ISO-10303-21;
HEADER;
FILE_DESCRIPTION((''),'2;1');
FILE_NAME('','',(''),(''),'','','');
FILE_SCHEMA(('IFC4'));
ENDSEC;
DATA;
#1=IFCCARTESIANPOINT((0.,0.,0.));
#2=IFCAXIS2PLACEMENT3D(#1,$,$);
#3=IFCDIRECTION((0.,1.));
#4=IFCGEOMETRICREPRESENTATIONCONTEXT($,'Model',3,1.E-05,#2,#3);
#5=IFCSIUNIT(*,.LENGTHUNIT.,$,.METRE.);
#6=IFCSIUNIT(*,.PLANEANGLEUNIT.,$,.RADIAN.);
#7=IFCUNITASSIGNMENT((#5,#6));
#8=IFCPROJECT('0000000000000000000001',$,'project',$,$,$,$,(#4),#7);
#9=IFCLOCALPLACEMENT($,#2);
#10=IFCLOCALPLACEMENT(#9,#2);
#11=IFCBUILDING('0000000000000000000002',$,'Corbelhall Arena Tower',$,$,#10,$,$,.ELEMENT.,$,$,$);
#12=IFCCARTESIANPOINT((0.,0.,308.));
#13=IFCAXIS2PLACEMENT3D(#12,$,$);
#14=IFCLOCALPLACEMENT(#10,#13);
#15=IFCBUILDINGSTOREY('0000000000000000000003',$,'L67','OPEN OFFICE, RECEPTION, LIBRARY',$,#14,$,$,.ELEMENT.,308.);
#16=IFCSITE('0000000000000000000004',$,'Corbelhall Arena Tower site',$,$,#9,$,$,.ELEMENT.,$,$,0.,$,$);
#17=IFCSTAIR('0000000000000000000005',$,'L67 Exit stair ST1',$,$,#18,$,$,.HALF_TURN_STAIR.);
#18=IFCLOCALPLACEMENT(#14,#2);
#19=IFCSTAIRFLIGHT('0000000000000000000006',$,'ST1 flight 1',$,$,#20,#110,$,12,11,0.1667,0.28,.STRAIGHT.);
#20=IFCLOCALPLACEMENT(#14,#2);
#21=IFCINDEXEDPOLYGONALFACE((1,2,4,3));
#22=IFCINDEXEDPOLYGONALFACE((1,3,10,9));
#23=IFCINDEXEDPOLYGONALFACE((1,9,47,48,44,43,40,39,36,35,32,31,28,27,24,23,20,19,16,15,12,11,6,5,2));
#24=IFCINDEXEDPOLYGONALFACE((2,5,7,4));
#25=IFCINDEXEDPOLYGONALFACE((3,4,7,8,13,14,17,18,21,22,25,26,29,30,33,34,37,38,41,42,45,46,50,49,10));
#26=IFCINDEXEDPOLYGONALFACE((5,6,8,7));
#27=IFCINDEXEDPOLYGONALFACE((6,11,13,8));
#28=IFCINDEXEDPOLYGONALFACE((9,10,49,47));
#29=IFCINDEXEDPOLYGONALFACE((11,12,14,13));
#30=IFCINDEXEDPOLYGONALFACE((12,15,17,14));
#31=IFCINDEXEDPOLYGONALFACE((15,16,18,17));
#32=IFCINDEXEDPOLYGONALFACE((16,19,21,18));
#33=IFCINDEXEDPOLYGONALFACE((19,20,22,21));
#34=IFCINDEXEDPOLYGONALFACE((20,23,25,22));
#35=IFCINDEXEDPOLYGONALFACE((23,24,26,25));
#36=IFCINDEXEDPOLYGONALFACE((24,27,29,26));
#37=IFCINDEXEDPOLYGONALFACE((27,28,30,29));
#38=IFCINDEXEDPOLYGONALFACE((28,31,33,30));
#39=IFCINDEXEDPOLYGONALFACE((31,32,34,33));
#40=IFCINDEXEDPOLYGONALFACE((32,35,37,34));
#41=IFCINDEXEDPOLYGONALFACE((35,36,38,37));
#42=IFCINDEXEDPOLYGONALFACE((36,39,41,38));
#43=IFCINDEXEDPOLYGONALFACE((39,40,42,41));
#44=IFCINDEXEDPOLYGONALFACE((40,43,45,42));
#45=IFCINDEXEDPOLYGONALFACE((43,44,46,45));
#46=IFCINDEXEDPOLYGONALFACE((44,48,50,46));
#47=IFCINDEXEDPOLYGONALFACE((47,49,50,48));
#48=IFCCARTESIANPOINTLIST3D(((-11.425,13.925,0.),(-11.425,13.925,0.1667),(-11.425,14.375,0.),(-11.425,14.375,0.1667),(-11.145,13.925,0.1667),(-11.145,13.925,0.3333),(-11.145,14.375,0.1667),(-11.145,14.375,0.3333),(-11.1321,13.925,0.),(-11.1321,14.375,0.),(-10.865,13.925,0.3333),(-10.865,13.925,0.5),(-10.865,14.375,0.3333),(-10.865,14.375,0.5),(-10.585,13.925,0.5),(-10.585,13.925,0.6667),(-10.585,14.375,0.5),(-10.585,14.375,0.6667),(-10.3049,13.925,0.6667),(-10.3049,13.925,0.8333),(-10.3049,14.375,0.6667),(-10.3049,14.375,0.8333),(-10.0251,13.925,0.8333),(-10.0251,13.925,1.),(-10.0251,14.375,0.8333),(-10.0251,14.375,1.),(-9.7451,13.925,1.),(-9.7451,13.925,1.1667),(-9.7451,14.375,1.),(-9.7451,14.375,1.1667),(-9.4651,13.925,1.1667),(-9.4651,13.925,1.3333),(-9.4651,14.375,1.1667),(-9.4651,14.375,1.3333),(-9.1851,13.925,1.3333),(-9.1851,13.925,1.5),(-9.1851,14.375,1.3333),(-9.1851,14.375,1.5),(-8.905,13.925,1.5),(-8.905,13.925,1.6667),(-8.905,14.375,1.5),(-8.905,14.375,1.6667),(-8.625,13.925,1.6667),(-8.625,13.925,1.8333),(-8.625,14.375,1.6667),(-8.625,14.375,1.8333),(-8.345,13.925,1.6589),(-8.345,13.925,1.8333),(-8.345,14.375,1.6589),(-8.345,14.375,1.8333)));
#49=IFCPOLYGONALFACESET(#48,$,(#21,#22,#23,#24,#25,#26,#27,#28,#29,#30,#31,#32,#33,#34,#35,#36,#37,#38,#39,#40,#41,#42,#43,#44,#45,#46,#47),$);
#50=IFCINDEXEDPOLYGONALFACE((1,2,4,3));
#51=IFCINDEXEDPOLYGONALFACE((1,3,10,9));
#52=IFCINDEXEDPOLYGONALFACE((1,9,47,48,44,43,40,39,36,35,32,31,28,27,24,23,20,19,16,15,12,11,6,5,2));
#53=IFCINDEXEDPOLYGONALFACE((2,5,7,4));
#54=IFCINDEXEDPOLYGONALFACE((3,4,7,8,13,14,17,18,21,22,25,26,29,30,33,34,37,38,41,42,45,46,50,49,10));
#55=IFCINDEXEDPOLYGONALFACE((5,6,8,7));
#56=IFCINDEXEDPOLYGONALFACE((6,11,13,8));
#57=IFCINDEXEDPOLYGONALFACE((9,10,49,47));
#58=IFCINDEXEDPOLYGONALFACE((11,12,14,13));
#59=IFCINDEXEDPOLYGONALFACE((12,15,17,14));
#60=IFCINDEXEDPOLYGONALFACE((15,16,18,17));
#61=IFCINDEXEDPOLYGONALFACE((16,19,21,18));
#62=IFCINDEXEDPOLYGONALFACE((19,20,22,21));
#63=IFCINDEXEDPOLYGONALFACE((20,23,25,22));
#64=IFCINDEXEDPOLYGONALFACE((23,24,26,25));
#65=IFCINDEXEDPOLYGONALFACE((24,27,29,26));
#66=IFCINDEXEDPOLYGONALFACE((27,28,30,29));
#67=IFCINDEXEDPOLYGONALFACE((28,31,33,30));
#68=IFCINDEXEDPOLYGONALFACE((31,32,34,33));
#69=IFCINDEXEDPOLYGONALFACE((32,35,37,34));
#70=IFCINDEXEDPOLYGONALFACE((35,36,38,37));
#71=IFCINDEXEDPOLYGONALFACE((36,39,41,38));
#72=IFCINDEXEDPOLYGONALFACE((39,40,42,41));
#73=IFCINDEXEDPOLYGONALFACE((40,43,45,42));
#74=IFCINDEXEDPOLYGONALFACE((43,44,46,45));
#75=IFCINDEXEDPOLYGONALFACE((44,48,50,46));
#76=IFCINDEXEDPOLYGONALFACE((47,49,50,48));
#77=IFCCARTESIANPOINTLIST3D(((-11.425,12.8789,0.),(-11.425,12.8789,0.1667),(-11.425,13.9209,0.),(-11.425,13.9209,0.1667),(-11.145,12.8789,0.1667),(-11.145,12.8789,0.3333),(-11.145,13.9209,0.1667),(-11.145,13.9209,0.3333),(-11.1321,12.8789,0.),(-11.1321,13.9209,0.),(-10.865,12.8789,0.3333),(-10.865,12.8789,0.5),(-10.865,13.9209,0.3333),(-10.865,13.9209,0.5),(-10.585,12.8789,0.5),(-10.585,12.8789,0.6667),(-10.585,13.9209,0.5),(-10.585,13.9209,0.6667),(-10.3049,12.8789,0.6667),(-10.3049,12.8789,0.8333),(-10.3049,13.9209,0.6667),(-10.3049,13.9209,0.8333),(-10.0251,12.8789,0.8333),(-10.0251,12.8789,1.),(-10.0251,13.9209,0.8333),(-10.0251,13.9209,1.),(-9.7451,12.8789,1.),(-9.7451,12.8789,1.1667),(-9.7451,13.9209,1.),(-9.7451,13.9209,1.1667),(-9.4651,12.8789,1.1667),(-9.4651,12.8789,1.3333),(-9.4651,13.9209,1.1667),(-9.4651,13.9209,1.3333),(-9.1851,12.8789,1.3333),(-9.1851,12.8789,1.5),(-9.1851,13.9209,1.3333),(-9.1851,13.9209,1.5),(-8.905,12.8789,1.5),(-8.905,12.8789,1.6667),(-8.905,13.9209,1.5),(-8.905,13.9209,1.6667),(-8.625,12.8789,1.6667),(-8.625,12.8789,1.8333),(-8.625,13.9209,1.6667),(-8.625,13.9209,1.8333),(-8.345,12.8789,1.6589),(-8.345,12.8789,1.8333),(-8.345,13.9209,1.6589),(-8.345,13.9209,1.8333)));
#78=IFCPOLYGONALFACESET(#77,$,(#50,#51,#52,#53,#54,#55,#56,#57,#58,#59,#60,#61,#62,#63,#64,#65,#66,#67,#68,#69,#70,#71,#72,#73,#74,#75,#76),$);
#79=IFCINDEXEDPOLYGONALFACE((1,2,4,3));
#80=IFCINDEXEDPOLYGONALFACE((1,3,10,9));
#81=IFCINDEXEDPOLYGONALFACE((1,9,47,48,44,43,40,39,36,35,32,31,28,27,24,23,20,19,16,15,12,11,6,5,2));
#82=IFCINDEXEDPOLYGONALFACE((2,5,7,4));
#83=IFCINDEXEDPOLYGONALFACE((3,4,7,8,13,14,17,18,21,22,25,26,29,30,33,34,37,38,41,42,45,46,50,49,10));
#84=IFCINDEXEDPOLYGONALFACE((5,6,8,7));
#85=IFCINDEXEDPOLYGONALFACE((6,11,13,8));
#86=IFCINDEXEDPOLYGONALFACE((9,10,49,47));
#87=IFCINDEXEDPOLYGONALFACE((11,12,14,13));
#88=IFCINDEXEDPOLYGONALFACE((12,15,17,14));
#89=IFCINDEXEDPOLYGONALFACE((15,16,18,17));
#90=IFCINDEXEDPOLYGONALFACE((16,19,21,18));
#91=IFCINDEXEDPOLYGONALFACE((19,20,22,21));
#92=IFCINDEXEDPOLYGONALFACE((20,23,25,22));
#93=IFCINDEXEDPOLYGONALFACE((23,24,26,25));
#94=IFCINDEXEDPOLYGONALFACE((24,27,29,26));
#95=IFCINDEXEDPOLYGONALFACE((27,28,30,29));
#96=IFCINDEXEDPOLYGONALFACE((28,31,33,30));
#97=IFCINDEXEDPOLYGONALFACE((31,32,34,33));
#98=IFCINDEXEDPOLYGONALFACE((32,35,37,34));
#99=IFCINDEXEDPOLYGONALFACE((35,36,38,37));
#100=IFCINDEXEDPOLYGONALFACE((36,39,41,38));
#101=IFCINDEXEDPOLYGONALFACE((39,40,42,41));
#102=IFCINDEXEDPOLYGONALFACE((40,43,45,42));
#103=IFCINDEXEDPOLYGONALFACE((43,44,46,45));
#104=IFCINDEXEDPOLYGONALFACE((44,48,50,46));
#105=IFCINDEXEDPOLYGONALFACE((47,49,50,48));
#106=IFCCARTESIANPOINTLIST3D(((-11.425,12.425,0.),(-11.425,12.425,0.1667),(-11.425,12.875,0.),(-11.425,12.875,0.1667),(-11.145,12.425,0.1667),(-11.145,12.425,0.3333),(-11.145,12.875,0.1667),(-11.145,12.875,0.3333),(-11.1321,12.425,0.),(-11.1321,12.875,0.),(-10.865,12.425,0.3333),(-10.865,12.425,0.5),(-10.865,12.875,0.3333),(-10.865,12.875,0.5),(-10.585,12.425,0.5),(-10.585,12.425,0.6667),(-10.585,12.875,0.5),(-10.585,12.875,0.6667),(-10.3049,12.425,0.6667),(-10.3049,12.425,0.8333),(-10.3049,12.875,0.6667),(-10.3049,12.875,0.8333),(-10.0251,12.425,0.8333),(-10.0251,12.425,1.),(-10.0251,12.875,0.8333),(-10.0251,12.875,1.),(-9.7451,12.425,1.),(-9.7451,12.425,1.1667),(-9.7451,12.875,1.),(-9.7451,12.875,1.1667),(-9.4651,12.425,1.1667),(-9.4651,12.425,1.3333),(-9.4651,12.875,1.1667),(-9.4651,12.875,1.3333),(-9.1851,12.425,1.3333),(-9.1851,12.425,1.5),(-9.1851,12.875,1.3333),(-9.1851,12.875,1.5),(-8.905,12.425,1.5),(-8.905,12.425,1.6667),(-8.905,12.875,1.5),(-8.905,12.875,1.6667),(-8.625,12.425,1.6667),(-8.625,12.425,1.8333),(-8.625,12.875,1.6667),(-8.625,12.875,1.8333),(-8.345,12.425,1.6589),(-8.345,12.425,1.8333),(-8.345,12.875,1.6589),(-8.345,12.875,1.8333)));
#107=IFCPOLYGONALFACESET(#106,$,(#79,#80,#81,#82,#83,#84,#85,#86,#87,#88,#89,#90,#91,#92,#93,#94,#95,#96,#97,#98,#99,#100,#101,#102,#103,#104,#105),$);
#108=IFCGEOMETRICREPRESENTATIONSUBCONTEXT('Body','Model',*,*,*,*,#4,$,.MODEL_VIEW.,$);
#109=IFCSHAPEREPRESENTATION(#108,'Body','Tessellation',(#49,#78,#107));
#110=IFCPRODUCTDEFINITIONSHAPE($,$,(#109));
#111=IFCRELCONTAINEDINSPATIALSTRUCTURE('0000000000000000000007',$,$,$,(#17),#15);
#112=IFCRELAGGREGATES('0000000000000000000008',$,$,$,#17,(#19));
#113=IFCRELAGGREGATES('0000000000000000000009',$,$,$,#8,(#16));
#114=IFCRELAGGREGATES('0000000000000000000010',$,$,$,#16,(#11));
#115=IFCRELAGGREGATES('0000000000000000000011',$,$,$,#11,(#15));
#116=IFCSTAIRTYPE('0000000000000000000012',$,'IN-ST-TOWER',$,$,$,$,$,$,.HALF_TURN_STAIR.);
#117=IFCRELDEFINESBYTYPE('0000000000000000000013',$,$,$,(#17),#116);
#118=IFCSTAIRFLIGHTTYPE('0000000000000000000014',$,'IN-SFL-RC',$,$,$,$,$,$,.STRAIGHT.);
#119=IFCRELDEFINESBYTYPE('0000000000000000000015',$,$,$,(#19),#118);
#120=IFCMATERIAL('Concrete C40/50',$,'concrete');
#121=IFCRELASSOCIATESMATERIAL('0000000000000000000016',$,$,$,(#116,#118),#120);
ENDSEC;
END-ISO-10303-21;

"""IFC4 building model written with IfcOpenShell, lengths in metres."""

from ifc_helpers import new_model, si_unit, direction, frame, origin, place, context, subcontext, project, spatial, polyline, outline, extrude, material, type_object, element, aggregate, save


model = new_model("IFC4")

# Units and contexts
model_context = context("Model", 3, precision=1e-05, world=origin(), true_north=direction((0.0, 1.0)))
body_context = subcontext(model_context, "Body", "Model", "MODEL_VIEW")
ifc_project = project(units=[si_unit("LENGTHUNIT", "METRE"), si_unit("PLANEANGLEUNIT", "RADIAN")], contexts=[model_context])

# Site, building, storey
site_placement = place(None, origin())
site = spatial("IfcSite", under=ifc_project, at=site_placement, Name="Corbelhall Arena Tower site", CompositionType="ELEMENT", RefElevation=0.0)
building_placement = place(site_placement, origin())
building = spatial("IfcBuilding", under=site, at=building_placement, Name="Corbelhall Arena Tower", CompositionType="ELEMENT")
storey_placement = place(building_placement, frame((0.0, 0.0, 308.0)))
storey = spatial("IfcBuildingStorey", under=building, at=storey_placement, Name="L67", Description="OPEN OFFICE, RECEPTION, LIBRARY", CompositionType="ELEMENT", Elevation=308.0)

# Shared definitions
ifc_material_1 = material(Name="Concrete C40/50", Category="concrete")

# Stair, stair flight
stair_type = type_object("IfcStairType", Name="IN-ST-TOWER", PredefinedType="HALF_TURN_STAIR", material=ifc_material_1)
stair_placement = place(storey_placement, origin())
stair = element("IfcStair", 1, at=stair_placement, inside=storey, type_object=stair_type, Name="L67 Exit stair ST1", PredefinedType="HALF_TURN_STAIR")
stair_flight_type = type_object("IfcStairFlightType", Name="IN-SFL-RC", PredefinedType="STRAIGHT", material=ifc_material_1)
stair_flight_placement = place(storey_placement, frame((-11.425, 13.3999, 0.0), z_axis=(0.0, 0.0, 1.0), x_axis=(1.0, 0.0, 0.0)))
stair_flight = element("IfcStairFlight", 2, at=stair_flight_placement, type_object=stair_flight_type, Name="ST1 flight 1", NumberOfRisers=12, NumberOfTreads=11, PredefinedType="STRAIGHT", RiserHeight=0.1667, TreadLength=0.28, context=body_context, shape_type="SweptSolid", body=[
    extrude(outline(polyline([(0.0, 0.0), (0.0, 0.1667), (0.28, 0.1667), (0.28, 0.3333), (0.5601, 0.3333), (0.5601, 0.5), (0.8401, 0.5), (0.8401, 0.6667), (1.1201, 0.6667), (1.1201, 0.8333), (1.3999, 0.8333), (1.3999, 1.0), (1.6799, 1.0), (1.6799, 1.1667), (1.96, 1.1667), (1.96, 1.3333), (2.24, 1.3333), (2.24, 1.5), (2.52, 1.5), (2.52, 1.6667), (2.8, 1.6667), (2.8, 1.8333), (3.0801, 1.8333), (3.0801, 2.0), (3.0801, 1.6589), (0.293, 0.0), (0.0, 0.0)])), frame((0.0, 0.9751, 0.0), z_axis=(0.0, -1.0, 0.0), x_axis=(1.0, 0.0, 0.0)), (0.0, 0.0, 1.0), 0.45),
    extrude(outline(polyline([(0.0, 0.0), (0.0, 0.1667), (0.28, 0.1667), (0.28, 0.3333), (0.5601, 0.3333), (0.5601, 0.5), (0.8401, 0.5), (0.8401, 0.6667), (1.1201, 0.6667), (1.1201, 0.8333), (1.3999, 0.8333), (1.3999, 1.0), (1.6799, 1.0), (1.6799, 1.1667), (1.96, 1.1667), (1.96, 1.3333), (2.24, 1.3333), (2.24, 1.5), (2.52, 1.5), (2.52, 1.6667), (2.8, 1.6667), (2.8, 1.8333), (3.0801, 1.8333), (3.0801, 2.0), (3.0801, 1.6589), (0.293, 0.0), (0.0, 0.0)])), frame((0.0, 0.521, 0.0), z_axis=(0.0, -1.0, 0.0), x_axis=(1.0, 0.0, 0.0)), (0.0, 0.0, 1.0), 1.042),
    extrude(outline(polyline([(0.0, 0.0), (0.0, 0.1667), (0.28, 0.1667), (0.28, 0.3333), (0.5601, 0.3333), (0.5601, 0.5), (0.8401, 0.5), (0.8401, 0.6667), (1.1201, 0.6667), (1.1201, 0.8333), (1.3999, 0.8333), (1.3999, 1.0), (1.6799, 1.0), (1.6799, 1.1667), (1.96, 1.1667), (1.96, 1.3333), (2.24, 1.3333), (2.24, 1.5), (2.52, 1.5), (2.52, 1.6667), (2.8, 1.6667), (2.8, 1.8333), (3.0801, 1.8333), (3.0801, 2.0), (3.0801, 1.6589), (0.293, 0.0), (0.0, 0.0)])), frame((0.0, -0.5249, 0.0), z_axis=(0.0, -1.0, 0.0), x_axis=(1.0, 0.0, 0.0)), (0.0, 0.0, 1.0), 0.45),
])
aggregate(stair, [stair_flight])

save(model, "model.ifc")
